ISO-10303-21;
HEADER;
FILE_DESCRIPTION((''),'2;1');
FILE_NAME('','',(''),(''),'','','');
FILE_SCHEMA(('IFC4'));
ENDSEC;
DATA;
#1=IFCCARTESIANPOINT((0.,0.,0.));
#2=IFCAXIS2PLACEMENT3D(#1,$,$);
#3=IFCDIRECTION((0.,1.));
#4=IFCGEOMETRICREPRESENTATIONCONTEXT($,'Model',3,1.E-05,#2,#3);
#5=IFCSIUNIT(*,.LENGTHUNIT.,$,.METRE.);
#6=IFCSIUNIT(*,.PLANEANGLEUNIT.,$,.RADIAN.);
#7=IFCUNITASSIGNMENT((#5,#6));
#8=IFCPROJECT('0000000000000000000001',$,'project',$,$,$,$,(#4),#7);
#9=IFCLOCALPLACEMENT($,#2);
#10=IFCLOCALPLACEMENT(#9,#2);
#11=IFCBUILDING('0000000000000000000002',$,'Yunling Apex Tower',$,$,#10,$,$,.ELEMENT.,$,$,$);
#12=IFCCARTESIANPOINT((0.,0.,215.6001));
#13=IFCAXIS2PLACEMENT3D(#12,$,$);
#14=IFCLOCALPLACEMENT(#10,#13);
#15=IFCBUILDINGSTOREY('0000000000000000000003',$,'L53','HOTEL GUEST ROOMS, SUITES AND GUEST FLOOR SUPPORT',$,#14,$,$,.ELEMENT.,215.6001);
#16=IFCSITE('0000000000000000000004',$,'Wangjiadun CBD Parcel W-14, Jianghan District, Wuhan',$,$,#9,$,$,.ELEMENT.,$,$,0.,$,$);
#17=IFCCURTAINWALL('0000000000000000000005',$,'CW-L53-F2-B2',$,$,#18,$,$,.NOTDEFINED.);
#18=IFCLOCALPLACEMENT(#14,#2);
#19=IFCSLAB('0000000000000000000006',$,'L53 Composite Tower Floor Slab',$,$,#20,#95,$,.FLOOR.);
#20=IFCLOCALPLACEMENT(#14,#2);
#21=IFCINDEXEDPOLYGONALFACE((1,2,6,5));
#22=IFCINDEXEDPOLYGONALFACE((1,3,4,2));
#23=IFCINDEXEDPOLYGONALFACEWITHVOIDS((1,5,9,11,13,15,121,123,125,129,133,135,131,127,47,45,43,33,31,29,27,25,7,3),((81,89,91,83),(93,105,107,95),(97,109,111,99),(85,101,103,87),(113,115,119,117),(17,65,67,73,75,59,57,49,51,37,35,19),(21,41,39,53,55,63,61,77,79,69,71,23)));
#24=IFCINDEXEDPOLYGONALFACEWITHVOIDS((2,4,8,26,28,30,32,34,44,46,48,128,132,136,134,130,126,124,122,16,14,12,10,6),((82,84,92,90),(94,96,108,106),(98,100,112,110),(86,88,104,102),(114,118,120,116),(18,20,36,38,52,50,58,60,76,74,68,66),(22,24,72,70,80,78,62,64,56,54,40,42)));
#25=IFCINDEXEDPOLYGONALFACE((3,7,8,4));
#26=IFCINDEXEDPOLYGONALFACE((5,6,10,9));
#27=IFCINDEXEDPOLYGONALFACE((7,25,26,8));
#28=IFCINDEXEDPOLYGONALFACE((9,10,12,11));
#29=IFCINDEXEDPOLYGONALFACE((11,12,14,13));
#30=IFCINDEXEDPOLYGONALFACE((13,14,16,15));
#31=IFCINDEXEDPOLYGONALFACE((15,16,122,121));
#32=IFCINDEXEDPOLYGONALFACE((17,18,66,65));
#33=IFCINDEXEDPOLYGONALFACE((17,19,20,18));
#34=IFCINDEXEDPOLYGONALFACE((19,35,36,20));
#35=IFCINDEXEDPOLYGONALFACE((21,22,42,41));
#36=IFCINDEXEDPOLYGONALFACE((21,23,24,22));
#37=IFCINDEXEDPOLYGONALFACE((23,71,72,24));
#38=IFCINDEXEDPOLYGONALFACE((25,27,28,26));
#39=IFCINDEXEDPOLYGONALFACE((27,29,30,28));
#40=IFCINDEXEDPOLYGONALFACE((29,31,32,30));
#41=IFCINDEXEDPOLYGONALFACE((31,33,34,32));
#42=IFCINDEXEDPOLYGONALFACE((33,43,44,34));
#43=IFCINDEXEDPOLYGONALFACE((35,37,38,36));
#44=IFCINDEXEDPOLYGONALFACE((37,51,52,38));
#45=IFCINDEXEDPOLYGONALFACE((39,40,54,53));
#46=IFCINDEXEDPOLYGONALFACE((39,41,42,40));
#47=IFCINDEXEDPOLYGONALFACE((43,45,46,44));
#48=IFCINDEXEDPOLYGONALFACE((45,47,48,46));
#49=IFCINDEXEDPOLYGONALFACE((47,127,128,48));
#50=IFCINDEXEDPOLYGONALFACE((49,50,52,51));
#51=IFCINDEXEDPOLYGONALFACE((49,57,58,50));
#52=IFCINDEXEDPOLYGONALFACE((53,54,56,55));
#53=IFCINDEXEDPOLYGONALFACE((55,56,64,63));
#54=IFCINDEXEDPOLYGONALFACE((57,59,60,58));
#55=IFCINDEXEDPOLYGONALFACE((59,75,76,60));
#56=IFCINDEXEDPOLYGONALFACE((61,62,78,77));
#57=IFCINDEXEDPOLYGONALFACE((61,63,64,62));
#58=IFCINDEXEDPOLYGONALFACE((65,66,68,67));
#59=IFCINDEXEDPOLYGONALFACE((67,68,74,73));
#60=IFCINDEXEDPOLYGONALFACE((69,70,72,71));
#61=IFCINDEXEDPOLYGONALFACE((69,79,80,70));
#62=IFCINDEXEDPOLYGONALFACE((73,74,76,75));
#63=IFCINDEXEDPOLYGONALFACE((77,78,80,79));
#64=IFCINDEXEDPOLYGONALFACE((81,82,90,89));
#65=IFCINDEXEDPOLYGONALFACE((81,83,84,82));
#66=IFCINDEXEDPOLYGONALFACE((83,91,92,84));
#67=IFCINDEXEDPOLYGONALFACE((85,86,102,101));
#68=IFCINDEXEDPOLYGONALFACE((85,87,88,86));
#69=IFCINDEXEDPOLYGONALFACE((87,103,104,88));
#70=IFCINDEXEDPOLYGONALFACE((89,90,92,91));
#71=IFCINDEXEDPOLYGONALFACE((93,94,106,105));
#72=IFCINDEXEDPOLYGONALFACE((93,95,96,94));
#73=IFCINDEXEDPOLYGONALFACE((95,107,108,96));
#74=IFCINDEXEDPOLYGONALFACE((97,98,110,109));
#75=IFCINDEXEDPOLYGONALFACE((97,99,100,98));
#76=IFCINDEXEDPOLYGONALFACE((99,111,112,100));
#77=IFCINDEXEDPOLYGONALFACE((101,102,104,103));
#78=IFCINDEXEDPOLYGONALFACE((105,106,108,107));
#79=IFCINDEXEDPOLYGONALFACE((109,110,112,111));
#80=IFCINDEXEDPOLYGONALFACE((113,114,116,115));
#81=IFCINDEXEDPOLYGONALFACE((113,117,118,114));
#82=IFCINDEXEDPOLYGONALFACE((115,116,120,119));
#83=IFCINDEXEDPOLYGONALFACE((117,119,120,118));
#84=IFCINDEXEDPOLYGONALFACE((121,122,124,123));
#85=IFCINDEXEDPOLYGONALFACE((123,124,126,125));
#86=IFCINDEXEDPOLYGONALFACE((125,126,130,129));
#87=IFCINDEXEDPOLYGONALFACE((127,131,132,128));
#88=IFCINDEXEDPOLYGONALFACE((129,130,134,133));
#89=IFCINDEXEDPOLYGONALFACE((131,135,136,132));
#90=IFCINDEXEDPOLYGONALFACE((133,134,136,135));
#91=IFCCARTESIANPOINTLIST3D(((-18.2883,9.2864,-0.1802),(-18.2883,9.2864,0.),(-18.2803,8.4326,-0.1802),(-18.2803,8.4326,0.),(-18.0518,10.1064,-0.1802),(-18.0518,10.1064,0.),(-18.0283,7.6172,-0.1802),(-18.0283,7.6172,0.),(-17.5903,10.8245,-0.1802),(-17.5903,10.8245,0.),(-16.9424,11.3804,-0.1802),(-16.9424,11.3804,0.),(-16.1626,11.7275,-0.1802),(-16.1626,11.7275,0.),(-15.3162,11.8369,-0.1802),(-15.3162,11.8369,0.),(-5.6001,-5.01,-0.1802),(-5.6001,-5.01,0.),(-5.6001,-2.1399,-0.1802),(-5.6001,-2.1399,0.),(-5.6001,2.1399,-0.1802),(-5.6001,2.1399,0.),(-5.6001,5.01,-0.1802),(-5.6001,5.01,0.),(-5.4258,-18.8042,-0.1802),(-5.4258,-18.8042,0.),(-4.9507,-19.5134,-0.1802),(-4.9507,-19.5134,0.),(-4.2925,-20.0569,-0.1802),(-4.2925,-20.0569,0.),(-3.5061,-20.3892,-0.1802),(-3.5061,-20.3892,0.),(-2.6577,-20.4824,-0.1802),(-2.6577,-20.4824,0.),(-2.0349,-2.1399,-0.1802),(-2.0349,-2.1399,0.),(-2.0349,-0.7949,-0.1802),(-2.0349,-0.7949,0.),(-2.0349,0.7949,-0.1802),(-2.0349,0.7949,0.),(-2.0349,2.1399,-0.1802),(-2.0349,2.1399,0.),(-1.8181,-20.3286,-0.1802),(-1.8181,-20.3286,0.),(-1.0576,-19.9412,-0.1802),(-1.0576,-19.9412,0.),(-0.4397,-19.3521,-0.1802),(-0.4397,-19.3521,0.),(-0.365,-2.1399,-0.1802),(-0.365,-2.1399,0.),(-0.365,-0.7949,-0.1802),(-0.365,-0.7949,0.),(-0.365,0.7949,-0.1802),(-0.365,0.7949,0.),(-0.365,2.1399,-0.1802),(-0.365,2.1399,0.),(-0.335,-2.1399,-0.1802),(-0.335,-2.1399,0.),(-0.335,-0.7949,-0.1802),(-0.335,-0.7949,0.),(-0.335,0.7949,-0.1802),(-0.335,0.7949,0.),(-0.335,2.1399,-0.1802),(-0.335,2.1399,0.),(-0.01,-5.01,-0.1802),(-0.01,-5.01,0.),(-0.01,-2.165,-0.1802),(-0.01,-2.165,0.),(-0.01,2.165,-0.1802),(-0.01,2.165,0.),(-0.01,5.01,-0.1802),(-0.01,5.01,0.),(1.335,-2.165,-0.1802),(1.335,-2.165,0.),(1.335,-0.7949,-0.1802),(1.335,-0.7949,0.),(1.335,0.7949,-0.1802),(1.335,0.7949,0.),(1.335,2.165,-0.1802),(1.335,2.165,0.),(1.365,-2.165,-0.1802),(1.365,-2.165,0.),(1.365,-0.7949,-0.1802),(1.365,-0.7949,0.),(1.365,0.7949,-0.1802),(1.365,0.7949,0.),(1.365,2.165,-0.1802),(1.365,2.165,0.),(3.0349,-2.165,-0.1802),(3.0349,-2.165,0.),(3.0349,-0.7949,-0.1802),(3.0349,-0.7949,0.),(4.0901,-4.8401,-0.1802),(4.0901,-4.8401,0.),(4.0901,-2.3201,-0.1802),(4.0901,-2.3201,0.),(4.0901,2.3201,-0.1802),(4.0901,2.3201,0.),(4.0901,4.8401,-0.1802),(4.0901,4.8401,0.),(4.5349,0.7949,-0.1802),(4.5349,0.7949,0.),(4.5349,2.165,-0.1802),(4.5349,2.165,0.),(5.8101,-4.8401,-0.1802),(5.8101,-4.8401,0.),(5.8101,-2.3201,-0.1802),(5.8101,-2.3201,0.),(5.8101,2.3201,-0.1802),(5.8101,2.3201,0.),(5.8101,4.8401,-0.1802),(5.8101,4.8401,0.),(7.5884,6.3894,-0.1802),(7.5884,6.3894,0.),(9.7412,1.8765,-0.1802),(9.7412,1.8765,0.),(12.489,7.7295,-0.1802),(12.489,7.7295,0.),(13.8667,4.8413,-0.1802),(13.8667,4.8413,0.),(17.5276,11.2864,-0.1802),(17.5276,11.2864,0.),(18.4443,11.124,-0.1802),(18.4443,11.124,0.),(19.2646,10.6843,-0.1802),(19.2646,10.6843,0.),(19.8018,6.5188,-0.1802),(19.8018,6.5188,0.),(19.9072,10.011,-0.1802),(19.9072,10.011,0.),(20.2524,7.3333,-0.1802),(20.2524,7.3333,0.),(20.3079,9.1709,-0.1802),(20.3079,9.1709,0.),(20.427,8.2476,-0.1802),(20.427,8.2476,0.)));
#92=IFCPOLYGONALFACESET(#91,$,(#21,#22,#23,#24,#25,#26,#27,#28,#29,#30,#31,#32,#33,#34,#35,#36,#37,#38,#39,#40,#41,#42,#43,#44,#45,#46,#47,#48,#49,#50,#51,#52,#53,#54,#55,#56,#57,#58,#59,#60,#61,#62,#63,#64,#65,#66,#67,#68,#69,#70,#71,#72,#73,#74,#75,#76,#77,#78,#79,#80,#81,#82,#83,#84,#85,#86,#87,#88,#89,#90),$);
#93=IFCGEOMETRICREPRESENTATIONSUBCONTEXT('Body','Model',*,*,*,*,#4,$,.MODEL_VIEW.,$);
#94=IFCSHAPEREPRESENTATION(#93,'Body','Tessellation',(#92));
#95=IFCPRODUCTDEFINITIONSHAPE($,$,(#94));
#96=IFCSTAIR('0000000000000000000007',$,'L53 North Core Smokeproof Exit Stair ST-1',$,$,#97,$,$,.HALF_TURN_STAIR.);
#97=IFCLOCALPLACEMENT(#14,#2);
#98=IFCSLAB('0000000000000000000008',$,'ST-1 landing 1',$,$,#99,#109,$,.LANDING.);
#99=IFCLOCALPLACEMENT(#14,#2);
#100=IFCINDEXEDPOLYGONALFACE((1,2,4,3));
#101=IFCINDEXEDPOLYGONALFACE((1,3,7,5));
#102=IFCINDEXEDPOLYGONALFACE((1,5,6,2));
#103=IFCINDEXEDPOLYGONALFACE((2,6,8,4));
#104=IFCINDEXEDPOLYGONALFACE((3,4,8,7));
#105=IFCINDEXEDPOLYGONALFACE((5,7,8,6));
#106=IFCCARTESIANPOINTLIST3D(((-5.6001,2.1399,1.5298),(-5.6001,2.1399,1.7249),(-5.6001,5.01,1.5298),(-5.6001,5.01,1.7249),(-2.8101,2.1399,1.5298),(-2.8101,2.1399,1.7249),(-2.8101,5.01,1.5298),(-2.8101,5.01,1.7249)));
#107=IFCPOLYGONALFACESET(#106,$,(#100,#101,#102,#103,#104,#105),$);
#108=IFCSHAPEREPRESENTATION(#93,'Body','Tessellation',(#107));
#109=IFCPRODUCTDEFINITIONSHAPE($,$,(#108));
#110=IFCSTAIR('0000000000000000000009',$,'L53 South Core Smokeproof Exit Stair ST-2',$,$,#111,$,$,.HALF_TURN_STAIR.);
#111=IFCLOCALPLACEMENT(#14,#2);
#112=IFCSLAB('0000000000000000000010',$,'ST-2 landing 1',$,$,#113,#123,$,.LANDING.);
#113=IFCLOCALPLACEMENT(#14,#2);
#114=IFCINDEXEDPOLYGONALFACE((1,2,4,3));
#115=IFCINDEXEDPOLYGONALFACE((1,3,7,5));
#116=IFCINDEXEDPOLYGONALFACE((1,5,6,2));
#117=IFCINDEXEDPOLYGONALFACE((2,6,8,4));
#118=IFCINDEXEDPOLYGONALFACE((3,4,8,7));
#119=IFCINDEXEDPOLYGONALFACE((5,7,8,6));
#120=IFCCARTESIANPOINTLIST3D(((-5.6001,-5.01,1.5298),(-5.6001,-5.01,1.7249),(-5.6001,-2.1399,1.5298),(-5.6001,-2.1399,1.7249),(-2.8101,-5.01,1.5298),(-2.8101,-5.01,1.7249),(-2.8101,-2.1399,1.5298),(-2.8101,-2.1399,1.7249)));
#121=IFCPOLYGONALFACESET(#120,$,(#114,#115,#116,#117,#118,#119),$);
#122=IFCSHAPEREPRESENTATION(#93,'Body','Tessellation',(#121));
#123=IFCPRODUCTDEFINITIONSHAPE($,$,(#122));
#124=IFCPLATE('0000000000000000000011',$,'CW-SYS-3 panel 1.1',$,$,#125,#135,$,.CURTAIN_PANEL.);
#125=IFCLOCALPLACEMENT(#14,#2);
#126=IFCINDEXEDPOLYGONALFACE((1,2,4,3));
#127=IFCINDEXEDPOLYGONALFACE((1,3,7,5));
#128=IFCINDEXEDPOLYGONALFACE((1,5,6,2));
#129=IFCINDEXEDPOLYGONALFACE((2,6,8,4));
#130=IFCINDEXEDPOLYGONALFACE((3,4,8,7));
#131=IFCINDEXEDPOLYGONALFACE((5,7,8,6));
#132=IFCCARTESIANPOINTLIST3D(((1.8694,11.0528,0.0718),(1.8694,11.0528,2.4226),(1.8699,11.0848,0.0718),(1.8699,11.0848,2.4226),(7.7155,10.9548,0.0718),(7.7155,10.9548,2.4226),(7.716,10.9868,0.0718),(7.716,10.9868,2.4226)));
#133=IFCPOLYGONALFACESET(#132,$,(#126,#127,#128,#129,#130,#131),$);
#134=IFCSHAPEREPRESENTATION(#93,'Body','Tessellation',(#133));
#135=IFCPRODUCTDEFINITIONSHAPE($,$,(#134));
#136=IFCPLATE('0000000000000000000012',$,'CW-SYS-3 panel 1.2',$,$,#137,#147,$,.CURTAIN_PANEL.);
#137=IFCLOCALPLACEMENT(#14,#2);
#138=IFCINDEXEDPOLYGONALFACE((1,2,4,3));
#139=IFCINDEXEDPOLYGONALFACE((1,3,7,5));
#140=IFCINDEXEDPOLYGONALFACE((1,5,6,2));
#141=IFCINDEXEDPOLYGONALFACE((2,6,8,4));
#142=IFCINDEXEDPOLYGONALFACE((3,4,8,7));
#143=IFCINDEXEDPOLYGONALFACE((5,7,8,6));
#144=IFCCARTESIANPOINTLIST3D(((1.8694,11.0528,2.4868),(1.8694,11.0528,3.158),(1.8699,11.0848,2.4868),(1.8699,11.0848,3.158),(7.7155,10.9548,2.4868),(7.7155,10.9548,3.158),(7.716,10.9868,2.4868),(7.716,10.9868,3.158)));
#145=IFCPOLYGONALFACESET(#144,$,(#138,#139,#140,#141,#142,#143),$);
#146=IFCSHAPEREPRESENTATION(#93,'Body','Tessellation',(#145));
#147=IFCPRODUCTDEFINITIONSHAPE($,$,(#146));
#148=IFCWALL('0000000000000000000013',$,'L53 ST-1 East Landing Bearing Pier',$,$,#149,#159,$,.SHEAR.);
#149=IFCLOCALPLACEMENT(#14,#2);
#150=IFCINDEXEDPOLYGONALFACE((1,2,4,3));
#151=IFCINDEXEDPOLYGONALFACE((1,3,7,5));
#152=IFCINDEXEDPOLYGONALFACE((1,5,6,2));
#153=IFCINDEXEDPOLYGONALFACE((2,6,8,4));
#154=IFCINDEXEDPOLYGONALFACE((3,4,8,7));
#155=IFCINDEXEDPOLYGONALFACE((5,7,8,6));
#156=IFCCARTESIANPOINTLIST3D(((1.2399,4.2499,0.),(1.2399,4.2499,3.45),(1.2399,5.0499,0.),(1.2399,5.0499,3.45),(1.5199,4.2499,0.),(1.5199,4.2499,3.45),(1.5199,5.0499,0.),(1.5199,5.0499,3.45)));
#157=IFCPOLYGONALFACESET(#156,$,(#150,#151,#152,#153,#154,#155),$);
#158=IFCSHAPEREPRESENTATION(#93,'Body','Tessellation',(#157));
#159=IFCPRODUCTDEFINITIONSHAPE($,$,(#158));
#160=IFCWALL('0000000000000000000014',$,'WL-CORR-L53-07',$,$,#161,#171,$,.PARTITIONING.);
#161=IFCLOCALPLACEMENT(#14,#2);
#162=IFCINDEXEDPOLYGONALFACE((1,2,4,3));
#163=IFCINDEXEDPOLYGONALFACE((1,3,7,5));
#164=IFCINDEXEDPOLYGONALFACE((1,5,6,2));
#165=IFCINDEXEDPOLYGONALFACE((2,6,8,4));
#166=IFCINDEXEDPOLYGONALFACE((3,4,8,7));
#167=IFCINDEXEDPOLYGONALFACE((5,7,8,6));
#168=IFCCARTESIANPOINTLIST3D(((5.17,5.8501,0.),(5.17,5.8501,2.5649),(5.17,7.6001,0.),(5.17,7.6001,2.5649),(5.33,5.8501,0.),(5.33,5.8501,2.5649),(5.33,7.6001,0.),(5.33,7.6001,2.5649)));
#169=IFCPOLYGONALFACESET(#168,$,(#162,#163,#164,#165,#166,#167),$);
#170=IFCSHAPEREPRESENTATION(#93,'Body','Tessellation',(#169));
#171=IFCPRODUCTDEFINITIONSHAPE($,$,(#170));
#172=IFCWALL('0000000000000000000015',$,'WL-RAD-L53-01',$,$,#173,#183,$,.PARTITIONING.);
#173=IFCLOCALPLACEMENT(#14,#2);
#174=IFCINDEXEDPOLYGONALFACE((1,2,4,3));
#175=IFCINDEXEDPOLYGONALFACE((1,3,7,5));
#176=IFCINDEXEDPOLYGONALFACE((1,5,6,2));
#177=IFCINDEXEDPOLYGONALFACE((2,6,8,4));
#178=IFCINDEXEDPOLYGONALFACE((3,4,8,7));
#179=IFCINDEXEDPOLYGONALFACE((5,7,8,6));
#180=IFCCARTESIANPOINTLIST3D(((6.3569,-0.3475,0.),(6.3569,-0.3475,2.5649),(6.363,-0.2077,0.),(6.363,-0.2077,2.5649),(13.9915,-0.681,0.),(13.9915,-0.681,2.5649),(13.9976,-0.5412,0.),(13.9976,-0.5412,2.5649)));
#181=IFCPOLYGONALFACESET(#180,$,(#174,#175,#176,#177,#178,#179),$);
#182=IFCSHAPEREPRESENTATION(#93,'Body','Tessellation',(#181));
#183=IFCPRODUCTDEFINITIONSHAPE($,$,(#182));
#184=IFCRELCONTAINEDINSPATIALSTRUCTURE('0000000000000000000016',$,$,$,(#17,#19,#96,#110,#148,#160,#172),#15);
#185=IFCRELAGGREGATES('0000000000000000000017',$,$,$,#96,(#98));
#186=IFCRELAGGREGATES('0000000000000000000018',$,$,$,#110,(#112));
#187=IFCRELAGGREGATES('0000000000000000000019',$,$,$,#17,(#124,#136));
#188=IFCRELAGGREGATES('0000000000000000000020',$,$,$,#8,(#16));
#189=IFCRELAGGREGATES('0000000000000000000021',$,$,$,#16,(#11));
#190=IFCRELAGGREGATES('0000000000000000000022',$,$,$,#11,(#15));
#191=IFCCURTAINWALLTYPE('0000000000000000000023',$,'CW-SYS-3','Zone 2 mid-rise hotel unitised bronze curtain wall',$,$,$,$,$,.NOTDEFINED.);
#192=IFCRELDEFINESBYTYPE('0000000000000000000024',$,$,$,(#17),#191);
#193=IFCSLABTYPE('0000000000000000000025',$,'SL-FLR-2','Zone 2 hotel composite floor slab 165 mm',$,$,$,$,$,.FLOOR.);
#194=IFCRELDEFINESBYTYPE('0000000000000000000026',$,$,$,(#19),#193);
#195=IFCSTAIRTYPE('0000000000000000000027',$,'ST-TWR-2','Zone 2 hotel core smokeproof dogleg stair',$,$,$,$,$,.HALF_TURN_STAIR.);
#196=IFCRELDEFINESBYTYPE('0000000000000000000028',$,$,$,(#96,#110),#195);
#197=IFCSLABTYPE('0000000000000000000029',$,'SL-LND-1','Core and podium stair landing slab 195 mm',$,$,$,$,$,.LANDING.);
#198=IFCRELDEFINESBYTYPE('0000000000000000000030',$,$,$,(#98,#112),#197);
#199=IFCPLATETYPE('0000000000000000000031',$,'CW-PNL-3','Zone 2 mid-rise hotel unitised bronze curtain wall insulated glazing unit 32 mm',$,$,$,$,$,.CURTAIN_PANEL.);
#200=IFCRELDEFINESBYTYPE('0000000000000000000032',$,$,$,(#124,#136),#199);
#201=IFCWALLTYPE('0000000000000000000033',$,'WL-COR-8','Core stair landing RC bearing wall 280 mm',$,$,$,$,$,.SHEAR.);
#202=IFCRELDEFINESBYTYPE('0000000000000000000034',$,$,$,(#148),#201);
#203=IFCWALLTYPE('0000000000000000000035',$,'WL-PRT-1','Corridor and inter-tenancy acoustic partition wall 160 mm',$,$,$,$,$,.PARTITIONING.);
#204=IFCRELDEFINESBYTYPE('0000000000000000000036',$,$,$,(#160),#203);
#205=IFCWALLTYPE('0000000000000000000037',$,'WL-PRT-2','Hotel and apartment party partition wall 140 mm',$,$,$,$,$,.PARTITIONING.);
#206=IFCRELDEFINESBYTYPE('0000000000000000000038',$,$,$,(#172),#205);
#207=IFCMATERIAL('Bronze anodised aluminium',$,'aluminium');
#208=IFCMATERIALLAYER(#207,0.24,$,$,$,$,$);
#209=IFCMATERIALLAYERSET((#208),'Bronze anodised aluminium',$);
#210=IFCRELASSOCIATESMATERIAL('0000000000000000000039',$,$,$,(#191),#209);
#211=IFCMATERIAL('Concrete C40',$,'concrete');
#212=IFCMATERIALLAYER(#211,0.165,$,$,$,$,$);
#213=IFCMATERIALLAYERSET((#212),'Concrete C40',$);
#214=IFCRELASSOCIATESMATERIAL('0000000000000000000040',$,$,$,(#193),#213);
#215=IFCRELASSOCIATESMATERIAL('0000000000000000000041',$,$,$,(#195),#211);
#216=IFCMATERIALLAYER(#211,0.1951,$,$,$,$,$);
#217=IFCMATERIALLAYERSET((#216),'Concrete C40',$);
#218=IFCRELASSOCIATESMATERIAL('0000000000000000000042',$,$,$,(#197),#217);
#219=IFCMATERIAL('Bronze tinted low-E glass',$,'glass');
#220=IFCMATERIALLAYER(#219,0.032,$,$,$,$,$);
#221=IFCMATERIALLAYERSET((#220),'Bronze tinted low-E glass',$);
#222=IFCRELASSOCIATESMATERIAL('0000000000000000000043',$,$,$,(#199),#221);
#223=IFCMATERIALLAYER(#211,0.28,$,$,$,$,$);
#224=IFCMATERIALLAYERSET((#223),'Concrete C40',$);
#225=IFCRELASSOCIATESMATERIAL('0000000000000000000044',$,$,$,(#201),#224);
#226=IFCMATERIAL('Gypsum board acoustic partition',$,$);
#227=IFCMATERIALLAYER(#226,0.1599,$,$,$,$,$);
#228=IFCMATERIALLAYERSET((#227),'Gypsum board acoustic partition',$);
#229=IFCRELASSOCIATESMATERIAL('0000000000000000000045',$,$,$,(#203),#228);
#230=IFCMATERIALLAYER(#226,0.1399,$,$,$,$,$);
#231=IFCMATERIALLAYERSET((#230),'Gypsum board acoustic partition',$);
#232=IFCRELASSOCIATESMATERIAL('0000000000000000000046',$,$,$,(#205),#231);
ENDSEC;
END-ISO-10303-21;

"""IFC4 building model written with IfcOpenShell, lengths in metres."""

from ifc_helpers import new_model, si_unit, direction, frame, frame_2d, origin, origin_2d, place, context, subcontext, project, spatial, polyline, rectangle, outline, extrude, source, transform, mapped, material, layer, layer_set, type_object, element, aggregate, save


model = new_model("IFC4")

# Units and contexts
model_context = context("Model", 3, precision=1e-05, world=origin(), true_north=direction((0.0, 1.0)))
body_context = subcontext(model_context, "Body", "Model", "MODEL_VIEW")
ifc_project = project(units=[si_unit("LENGTHUNIT", "METRE"), si_unit("PLANEANGLEUNIT", "RADIAN")], contexts=[model_context])

# Site, building, storey
site_placement = place(None, origin())
site = spatial("IfcSite", under=ifc_project, at=site_placement, Name="Wangjiadun CBD Parcel W-14, Jianghan District, Wuhan", CompositionType="ELEMENT", RefElevation=0.0)
building_placement = place(site_placement, origin())
building = spatial("IfcBuilding", under=site, at=building_placement, Name="Yunling Apex Tower", CompositionType="ELEMENT")
storey_placement = place(building_placement, frame((0.0, 0.0, 215.6001)))
storey = spatial("IfcBuildingStorey", under=building, at=storey_placement, Name="L53", Description="HOTEL GUEST ROOMS, SUITES AND GUEST FLOOR SUPPORT", CompositionType="ELEMENT", Elevation=215.6001)

# Curtain wall
ifc_material_1 = material(Name="Bronze anodised aluminium", Category="aluminium")
ifc_layer_1 = layer(ifc_material_1, 0.24)
ifc_layer_set_1 = layer_set([ifc_layer_1], Name="Bronze anodised aluminium")
curtain_wall_type = type_object("IfcCurtainWallType", Name="CW-SYS-3", Description="Zone 2 mid-rise hotel unitised bronze curtain wall", PredefinedType="NOTDEFINED", material=ifc_layer_set_1)
curtain_wall_1_placement = place(storey_placement, origin())
curtain_wall_1 = element("IfcCurtainWall", 1, at=curtain_wall_1_placement, inside=storey, type_object=curtain_wall_type, Name="CW-L53-F2-B2", PredefinedType="NOTDEFINED")

# Slab
ifc_material_2 = material(Name="Concrete C40", Category="concrete")
ifc_layer_2 = layer(ifc_material_2, 0.165)
ifc_layer_set_2 = layer_set([ifc_layer_2], Name="Concrete C40")
slab_type_1 = type_object("IfcSlabType", Name="SL-FLR-2", Description="Zone 2 hotel composite floor slab 165 mm", PredefinedType="FLOOR", material=ifc_layer_set_2)
slab_1_placement = place(storey_placement, frame((0.0, 0.0, -0.1802)))
element("IfcSlab", 2, at=slab_1_placement, inside=storey, type_object=slab_type_1, Name="L53 Composite Tower Floor Slab", PredefinedType="FLOOR", context=body_context, shape_type="SweptSolid", body=[
    extrude(outline(polyline([(-5.4258, -18.8042), (-4.9507, -19.5134), (-4.2925, -20.0569), (-3.5061, -20.3892), (-2.6577, -20.4824), (-1.8181, -20.3286), (-1.0576, -19.9412), (-0.4397, -19.3521), (19.8018, 6.5188), (20.2524, 7.3333), (20.427, 8.2476), (20.3079, 9.1709), (19.9072, 10.011), (19.2646, 10.6843), (18.4443, 11.124), (17.5276, 11.2864), (-15.3162, 11.8369), (-16.1626, 11.7275), (-16.9424, 11.3804), (-17.5903, 10.8245), (-18.0518, 10.1064), (-18.2883, 9.2864), (-18.2803, 8.4326), (-18.0283, 7.6172), (-5.4258, -18.8042)]), holes=[polyline([(12.489, 7.7295), (13.8667, 4.8413), (9.7412, 1.8765), (7.5884, 6.3894), (12.489, 7.7295)]), polyline([(4.0901, -2.3201), (5.8101, -2.3201), (5.8101, -4.8401), (4.0901, -4.8401), (4.0901, -2.3201)]), polyline([(5.8101, 4.8401), (5.8101, 2.3201), (4.0901, 2.3201), (4.0901, 4.8401), (5.8101, 4.8401)]), polyline([(1.365, 2.165), (4.5349, 2.165), (4.5349, 0.7949), (1.365, 0.7949), (1.365, 2.165)]), polyline([(3.0349, -0.7949), (3.0349, -2.165), (1.365, -2.165), (1.365, -0.7949), (3.0349, -0.7949)]), polyline([(-2.0349, -0.7949), (-0.365, -0.7949), (-0.365, -2.1399), (-0.335, -2.1399), (-0.335, -0.7949), (1.335, -0.7949), (1.335, -2.165), (-0.01, -2.165), (-0.01, -5.01), (-5.6001, -5.01), (-5.6001, -2.1399), (-2.0349, -2.1399), (-2.0349, -0.7949)]), polyline([(-5.6001, 2.1399), (-5.6001, 5.01), (-0.01, 5.01), (-0.01, 2.165), (1.335, 2.165), (1.335, 0.7949), (-0.335, 0.7949), (-0.335, 2.1399), (-0.365, 2.1399), (-0.365, 0.7949), (-2.0349, 0.7949), (-2.0349, 2.1399), (-5.6001, 2.1399)])]), origin(), (0.0, 0.0, 1.0), 0.1802),
])

# Stairs, slabs
stair_type = type_object("IfcStairType", Name="ST-TWR-2", Description="Zone 2 hotel core smokeproof dogleg stair", PredefinedType="HALF_TURN_STAIR", material=ifc_material_2)
stair_1_placement = place(storey_placement, origin())
stair_1 = element("IfcStair", 3, at=stair_1_placement, inside=storey, type_object=stair_type, Name="L53 North Core Smokeproof Exit Stair ST-1", PredefinedType="HALF_TURN_STAIR")
ifc_layer_3 = layer(ifc_material_2, 0.1951)
ifc_layer_set_3 = layer_set([ifc_layer_3], Name="Concrete C40")
slab_type_2 = type_object("IfcSlabType", Name="SL-LND-1", Description="Core and podium stair landing slab 195 mm", PredefinedType="LANDING", material=ifc_layer_set_3)
slab_2_placement = place(storey_placement, frame((0.0, 0.0, 1.5298)))
slab_2 = element("IfcSlab", 4, at=slab_2_placement, type_object=slab_type_2, Name="ST-1 landing 1", PredefinedType="LANDING", context=body_context, shape_type="SweptSolid", body=[
    extrude(outline(polyline([(-2.8101, 5.01), (-5.6001, 5.01), (-5.6001, 2.1399), (-2.8101, 2.1399), (-2.8101, 5.01)])), origin(), (0.0, 0.0, 1.0), 0.1951),
])
aggregate(stair_1, [slab_2])
stair_2_placement = place(storey_placement, origin())
stair_2 = element("IfcStair", 5, at=stair_2_placement, inside=storey, type_object=stair_type, Name="L53 South Core Smokeproof Exit Stair ST-2", PredefinedType="HALF_TURN_STAIR")
slab_3_placement = place(storey_placement, frame((0.0, 0.0, 1.5298)))
slab_3 = element("IfcSlab", 6, at=slab_3_placement, type_object=slab_type_2, Name="ST-2 landing 1", PredefinedType="LANDING", context=body_context, shape_type="SweptSolid", body=[
    extrude(outline(polyline([(-2.8101, -2.1399), (-5.6001, -2.1399), (-5.6001, -5.01), (-2.8101, -5.01), (-2.8101, -2.1399)])), origin(), (0.0, 0.0, 1.0), 0.1951),
])
aggregate(stair_2, [slab_3])

# Plates
ifc_material_3 = material(Name="Bronze tinted low-E glass", Category="glass")
ifc_layer_4 = layer(ifc_material_3, 0.032)
ifc_layer_set_4 = layer_set([ifc_layer_4], Name="Bronze tinted low-E glass")
plate_type = type_object("IfcPlateType", Name="CW-PNL-3", Description="Zone 2 mid-rise hotel unitised bronze curtain wall insulated glazing unit 32 mm", PredefinedType="CURTAIN_PANEL", material=ifc_layer_set_4)
shared_shape_1 = source(origin(), body_context, "Body", "SweptSolid", [
    extrude(rectangle(XDim=5.8469, YDim=0.032, at=origin_2d()), origin(), (0.0, 0.0, 1.0), 2.3508),
])
plate_1_placement = place(storey_placement, frame((4.7927, 11.0198, 0.0718), z_axis=(0.0, 0.0, 1.0), x_axis=(-0.99986, 0.016759, 0.0)))
plate_1 = element("IfcPlate", 7, at=plate_1_placement, type_object=plate_type, Name="CW-SYS-3 panel 1.1", PredefinedType="CURTAIN_PANEL", context=body_context, shape_type="MappedRepresentation", body=[
    mapped(shared_shape_1, transform((0.0, 0.0, 0.0), scale=1.0)),
])
shared_shape_2 = source(origin(), body_context, "Body", "SweptSolid", [
    extrude(rectangle(XDim=5.8469, YDim=0.032, at=origin_2d()), origin(), (0.0, 0.0, 1.0), 0.6711),
])
plate_2_placement = place(storey_placement, frame((4.7927, 11.0198, 2.4868), z_axis=(0.0, 0.0, 1.0), x_axis=(-0.99986, 0.016759, 0.0)))
plate_2 = element("IfcPlate", 8, at=plate_2_placement, type_object=plate_type, Name="CW-SYS-3 panel 1.2", PredefinedType="CURTAIN_PANEL", context=body_context, shape_type="MappedRepresentation", body=[
    mapped(shared_shape_2, transform((0.0, 0.0, 0.0), scale=1.0)),
])
aggregate(curtain_wall_1, [plate_1, plate_2])

# Walls
ifc_layer_5 = layer(ifc_material_2, 0.28)
ifc_layer_set_5 = layer_set([ifc_layer_5], Name="Concrete C40")
wall_type_1 = type_object("IfcWallType", Name="WL-COR-8", Description="Core stair landing RC bearing wall 280 mm", PredefinedType="SHEAR", material=ifc_layer_set_5)
wall_1_placement = place(storey_placement, frame((1.3799, 4.25, 0.0), z_axis=(0.0, 0.0, 1.0), x_axis=(0.0, 1.0, 0.0)))
element("IfcWall", 9, at=wall_1_placement, inside=storey, type_object=wall_type_1, Name="L53 ST-1 East Landing Bearing Pier", PredefinedType="SHEAR", context=body_context, shape_type="SweptSolid", body=[
    extrude(rectangle(XDim=0.8, YDim=0.28, at=frame_2d((0.3999, 0.0))), origin(), (0.0, 0.0, 1.0), 3.45),
])
ifc_material_4 = material(Name="Gypsum board acoustic partition")
ifc_layer_6 = layer(ifc_material_4, 0.1599)
ifc_layer_set_6 = layer_set([ifc_layer_6], Name="Gypsum board acoustic partition")
wall_type_2 = type_object("IfcWallType", Name="WL-PRT-1", Description="Corridor and inter-tenancy acoustic partition wall 160 mm", PredefinedType="PARTITIONING", material=ifc_layer_set_6)
wall_2_placement = place(storey_placement, frame((5.25, 7.6001, 0.0), z_axis=(0.0, 0.0, 1.0), x_axis=(0.0, -1.0, 0.0)))
element("IfcWall", 10, at=wall_2_placement, inside=storey, type_object=wall_type_2, Name="WL-CORR-L53-07", PredefinedType="PARTITIONING", context=body_context, shape_type="SweptSolid", body=[
    extrude(rectangle(XDim=1.75, YDim=0.1599, at=frame_2d((0.875, 0.0))), origin(), (0.0, 0.0, 1.0), 2.5649),
])
ifc_layer_7 = layer(ifc_material_4, 0.1399)
ifc_layer_set_7 = layer_set([ifc_layer_7], Name="Gypsum board acoustic partition")
wall_type_3 = type_object("IfcWallType", Name="WL-PRT-2", Description="Hotel and apartment party partition wall 140 mm", PredefinedType="PARTITIONING", material=ifc_layer_set_7)
wall_3_placement = place(storey_placement, frame((6.3601, -0.2776, 0.0), z_axis=(0.0, 0.0, 1.0), x_axis=(0.999047, -0.043641, 0.0)))
element("IfcWall", 11, at=wall_3_placement, inside=storey, type_object=wall_type_3, Name="WL-RAD-L53-01", PredefinedType="PARTITIONING", context=body_context, shape_type="SweptSolid", body=[
    extrude(rectangle(XDim=7.6418, YDim=0.1399, at=frame_2d((3.8208, 0.0))), origin(), (0.0, 0.0, 1.0), 2.5649),
])

save(model, "model.ifc")
